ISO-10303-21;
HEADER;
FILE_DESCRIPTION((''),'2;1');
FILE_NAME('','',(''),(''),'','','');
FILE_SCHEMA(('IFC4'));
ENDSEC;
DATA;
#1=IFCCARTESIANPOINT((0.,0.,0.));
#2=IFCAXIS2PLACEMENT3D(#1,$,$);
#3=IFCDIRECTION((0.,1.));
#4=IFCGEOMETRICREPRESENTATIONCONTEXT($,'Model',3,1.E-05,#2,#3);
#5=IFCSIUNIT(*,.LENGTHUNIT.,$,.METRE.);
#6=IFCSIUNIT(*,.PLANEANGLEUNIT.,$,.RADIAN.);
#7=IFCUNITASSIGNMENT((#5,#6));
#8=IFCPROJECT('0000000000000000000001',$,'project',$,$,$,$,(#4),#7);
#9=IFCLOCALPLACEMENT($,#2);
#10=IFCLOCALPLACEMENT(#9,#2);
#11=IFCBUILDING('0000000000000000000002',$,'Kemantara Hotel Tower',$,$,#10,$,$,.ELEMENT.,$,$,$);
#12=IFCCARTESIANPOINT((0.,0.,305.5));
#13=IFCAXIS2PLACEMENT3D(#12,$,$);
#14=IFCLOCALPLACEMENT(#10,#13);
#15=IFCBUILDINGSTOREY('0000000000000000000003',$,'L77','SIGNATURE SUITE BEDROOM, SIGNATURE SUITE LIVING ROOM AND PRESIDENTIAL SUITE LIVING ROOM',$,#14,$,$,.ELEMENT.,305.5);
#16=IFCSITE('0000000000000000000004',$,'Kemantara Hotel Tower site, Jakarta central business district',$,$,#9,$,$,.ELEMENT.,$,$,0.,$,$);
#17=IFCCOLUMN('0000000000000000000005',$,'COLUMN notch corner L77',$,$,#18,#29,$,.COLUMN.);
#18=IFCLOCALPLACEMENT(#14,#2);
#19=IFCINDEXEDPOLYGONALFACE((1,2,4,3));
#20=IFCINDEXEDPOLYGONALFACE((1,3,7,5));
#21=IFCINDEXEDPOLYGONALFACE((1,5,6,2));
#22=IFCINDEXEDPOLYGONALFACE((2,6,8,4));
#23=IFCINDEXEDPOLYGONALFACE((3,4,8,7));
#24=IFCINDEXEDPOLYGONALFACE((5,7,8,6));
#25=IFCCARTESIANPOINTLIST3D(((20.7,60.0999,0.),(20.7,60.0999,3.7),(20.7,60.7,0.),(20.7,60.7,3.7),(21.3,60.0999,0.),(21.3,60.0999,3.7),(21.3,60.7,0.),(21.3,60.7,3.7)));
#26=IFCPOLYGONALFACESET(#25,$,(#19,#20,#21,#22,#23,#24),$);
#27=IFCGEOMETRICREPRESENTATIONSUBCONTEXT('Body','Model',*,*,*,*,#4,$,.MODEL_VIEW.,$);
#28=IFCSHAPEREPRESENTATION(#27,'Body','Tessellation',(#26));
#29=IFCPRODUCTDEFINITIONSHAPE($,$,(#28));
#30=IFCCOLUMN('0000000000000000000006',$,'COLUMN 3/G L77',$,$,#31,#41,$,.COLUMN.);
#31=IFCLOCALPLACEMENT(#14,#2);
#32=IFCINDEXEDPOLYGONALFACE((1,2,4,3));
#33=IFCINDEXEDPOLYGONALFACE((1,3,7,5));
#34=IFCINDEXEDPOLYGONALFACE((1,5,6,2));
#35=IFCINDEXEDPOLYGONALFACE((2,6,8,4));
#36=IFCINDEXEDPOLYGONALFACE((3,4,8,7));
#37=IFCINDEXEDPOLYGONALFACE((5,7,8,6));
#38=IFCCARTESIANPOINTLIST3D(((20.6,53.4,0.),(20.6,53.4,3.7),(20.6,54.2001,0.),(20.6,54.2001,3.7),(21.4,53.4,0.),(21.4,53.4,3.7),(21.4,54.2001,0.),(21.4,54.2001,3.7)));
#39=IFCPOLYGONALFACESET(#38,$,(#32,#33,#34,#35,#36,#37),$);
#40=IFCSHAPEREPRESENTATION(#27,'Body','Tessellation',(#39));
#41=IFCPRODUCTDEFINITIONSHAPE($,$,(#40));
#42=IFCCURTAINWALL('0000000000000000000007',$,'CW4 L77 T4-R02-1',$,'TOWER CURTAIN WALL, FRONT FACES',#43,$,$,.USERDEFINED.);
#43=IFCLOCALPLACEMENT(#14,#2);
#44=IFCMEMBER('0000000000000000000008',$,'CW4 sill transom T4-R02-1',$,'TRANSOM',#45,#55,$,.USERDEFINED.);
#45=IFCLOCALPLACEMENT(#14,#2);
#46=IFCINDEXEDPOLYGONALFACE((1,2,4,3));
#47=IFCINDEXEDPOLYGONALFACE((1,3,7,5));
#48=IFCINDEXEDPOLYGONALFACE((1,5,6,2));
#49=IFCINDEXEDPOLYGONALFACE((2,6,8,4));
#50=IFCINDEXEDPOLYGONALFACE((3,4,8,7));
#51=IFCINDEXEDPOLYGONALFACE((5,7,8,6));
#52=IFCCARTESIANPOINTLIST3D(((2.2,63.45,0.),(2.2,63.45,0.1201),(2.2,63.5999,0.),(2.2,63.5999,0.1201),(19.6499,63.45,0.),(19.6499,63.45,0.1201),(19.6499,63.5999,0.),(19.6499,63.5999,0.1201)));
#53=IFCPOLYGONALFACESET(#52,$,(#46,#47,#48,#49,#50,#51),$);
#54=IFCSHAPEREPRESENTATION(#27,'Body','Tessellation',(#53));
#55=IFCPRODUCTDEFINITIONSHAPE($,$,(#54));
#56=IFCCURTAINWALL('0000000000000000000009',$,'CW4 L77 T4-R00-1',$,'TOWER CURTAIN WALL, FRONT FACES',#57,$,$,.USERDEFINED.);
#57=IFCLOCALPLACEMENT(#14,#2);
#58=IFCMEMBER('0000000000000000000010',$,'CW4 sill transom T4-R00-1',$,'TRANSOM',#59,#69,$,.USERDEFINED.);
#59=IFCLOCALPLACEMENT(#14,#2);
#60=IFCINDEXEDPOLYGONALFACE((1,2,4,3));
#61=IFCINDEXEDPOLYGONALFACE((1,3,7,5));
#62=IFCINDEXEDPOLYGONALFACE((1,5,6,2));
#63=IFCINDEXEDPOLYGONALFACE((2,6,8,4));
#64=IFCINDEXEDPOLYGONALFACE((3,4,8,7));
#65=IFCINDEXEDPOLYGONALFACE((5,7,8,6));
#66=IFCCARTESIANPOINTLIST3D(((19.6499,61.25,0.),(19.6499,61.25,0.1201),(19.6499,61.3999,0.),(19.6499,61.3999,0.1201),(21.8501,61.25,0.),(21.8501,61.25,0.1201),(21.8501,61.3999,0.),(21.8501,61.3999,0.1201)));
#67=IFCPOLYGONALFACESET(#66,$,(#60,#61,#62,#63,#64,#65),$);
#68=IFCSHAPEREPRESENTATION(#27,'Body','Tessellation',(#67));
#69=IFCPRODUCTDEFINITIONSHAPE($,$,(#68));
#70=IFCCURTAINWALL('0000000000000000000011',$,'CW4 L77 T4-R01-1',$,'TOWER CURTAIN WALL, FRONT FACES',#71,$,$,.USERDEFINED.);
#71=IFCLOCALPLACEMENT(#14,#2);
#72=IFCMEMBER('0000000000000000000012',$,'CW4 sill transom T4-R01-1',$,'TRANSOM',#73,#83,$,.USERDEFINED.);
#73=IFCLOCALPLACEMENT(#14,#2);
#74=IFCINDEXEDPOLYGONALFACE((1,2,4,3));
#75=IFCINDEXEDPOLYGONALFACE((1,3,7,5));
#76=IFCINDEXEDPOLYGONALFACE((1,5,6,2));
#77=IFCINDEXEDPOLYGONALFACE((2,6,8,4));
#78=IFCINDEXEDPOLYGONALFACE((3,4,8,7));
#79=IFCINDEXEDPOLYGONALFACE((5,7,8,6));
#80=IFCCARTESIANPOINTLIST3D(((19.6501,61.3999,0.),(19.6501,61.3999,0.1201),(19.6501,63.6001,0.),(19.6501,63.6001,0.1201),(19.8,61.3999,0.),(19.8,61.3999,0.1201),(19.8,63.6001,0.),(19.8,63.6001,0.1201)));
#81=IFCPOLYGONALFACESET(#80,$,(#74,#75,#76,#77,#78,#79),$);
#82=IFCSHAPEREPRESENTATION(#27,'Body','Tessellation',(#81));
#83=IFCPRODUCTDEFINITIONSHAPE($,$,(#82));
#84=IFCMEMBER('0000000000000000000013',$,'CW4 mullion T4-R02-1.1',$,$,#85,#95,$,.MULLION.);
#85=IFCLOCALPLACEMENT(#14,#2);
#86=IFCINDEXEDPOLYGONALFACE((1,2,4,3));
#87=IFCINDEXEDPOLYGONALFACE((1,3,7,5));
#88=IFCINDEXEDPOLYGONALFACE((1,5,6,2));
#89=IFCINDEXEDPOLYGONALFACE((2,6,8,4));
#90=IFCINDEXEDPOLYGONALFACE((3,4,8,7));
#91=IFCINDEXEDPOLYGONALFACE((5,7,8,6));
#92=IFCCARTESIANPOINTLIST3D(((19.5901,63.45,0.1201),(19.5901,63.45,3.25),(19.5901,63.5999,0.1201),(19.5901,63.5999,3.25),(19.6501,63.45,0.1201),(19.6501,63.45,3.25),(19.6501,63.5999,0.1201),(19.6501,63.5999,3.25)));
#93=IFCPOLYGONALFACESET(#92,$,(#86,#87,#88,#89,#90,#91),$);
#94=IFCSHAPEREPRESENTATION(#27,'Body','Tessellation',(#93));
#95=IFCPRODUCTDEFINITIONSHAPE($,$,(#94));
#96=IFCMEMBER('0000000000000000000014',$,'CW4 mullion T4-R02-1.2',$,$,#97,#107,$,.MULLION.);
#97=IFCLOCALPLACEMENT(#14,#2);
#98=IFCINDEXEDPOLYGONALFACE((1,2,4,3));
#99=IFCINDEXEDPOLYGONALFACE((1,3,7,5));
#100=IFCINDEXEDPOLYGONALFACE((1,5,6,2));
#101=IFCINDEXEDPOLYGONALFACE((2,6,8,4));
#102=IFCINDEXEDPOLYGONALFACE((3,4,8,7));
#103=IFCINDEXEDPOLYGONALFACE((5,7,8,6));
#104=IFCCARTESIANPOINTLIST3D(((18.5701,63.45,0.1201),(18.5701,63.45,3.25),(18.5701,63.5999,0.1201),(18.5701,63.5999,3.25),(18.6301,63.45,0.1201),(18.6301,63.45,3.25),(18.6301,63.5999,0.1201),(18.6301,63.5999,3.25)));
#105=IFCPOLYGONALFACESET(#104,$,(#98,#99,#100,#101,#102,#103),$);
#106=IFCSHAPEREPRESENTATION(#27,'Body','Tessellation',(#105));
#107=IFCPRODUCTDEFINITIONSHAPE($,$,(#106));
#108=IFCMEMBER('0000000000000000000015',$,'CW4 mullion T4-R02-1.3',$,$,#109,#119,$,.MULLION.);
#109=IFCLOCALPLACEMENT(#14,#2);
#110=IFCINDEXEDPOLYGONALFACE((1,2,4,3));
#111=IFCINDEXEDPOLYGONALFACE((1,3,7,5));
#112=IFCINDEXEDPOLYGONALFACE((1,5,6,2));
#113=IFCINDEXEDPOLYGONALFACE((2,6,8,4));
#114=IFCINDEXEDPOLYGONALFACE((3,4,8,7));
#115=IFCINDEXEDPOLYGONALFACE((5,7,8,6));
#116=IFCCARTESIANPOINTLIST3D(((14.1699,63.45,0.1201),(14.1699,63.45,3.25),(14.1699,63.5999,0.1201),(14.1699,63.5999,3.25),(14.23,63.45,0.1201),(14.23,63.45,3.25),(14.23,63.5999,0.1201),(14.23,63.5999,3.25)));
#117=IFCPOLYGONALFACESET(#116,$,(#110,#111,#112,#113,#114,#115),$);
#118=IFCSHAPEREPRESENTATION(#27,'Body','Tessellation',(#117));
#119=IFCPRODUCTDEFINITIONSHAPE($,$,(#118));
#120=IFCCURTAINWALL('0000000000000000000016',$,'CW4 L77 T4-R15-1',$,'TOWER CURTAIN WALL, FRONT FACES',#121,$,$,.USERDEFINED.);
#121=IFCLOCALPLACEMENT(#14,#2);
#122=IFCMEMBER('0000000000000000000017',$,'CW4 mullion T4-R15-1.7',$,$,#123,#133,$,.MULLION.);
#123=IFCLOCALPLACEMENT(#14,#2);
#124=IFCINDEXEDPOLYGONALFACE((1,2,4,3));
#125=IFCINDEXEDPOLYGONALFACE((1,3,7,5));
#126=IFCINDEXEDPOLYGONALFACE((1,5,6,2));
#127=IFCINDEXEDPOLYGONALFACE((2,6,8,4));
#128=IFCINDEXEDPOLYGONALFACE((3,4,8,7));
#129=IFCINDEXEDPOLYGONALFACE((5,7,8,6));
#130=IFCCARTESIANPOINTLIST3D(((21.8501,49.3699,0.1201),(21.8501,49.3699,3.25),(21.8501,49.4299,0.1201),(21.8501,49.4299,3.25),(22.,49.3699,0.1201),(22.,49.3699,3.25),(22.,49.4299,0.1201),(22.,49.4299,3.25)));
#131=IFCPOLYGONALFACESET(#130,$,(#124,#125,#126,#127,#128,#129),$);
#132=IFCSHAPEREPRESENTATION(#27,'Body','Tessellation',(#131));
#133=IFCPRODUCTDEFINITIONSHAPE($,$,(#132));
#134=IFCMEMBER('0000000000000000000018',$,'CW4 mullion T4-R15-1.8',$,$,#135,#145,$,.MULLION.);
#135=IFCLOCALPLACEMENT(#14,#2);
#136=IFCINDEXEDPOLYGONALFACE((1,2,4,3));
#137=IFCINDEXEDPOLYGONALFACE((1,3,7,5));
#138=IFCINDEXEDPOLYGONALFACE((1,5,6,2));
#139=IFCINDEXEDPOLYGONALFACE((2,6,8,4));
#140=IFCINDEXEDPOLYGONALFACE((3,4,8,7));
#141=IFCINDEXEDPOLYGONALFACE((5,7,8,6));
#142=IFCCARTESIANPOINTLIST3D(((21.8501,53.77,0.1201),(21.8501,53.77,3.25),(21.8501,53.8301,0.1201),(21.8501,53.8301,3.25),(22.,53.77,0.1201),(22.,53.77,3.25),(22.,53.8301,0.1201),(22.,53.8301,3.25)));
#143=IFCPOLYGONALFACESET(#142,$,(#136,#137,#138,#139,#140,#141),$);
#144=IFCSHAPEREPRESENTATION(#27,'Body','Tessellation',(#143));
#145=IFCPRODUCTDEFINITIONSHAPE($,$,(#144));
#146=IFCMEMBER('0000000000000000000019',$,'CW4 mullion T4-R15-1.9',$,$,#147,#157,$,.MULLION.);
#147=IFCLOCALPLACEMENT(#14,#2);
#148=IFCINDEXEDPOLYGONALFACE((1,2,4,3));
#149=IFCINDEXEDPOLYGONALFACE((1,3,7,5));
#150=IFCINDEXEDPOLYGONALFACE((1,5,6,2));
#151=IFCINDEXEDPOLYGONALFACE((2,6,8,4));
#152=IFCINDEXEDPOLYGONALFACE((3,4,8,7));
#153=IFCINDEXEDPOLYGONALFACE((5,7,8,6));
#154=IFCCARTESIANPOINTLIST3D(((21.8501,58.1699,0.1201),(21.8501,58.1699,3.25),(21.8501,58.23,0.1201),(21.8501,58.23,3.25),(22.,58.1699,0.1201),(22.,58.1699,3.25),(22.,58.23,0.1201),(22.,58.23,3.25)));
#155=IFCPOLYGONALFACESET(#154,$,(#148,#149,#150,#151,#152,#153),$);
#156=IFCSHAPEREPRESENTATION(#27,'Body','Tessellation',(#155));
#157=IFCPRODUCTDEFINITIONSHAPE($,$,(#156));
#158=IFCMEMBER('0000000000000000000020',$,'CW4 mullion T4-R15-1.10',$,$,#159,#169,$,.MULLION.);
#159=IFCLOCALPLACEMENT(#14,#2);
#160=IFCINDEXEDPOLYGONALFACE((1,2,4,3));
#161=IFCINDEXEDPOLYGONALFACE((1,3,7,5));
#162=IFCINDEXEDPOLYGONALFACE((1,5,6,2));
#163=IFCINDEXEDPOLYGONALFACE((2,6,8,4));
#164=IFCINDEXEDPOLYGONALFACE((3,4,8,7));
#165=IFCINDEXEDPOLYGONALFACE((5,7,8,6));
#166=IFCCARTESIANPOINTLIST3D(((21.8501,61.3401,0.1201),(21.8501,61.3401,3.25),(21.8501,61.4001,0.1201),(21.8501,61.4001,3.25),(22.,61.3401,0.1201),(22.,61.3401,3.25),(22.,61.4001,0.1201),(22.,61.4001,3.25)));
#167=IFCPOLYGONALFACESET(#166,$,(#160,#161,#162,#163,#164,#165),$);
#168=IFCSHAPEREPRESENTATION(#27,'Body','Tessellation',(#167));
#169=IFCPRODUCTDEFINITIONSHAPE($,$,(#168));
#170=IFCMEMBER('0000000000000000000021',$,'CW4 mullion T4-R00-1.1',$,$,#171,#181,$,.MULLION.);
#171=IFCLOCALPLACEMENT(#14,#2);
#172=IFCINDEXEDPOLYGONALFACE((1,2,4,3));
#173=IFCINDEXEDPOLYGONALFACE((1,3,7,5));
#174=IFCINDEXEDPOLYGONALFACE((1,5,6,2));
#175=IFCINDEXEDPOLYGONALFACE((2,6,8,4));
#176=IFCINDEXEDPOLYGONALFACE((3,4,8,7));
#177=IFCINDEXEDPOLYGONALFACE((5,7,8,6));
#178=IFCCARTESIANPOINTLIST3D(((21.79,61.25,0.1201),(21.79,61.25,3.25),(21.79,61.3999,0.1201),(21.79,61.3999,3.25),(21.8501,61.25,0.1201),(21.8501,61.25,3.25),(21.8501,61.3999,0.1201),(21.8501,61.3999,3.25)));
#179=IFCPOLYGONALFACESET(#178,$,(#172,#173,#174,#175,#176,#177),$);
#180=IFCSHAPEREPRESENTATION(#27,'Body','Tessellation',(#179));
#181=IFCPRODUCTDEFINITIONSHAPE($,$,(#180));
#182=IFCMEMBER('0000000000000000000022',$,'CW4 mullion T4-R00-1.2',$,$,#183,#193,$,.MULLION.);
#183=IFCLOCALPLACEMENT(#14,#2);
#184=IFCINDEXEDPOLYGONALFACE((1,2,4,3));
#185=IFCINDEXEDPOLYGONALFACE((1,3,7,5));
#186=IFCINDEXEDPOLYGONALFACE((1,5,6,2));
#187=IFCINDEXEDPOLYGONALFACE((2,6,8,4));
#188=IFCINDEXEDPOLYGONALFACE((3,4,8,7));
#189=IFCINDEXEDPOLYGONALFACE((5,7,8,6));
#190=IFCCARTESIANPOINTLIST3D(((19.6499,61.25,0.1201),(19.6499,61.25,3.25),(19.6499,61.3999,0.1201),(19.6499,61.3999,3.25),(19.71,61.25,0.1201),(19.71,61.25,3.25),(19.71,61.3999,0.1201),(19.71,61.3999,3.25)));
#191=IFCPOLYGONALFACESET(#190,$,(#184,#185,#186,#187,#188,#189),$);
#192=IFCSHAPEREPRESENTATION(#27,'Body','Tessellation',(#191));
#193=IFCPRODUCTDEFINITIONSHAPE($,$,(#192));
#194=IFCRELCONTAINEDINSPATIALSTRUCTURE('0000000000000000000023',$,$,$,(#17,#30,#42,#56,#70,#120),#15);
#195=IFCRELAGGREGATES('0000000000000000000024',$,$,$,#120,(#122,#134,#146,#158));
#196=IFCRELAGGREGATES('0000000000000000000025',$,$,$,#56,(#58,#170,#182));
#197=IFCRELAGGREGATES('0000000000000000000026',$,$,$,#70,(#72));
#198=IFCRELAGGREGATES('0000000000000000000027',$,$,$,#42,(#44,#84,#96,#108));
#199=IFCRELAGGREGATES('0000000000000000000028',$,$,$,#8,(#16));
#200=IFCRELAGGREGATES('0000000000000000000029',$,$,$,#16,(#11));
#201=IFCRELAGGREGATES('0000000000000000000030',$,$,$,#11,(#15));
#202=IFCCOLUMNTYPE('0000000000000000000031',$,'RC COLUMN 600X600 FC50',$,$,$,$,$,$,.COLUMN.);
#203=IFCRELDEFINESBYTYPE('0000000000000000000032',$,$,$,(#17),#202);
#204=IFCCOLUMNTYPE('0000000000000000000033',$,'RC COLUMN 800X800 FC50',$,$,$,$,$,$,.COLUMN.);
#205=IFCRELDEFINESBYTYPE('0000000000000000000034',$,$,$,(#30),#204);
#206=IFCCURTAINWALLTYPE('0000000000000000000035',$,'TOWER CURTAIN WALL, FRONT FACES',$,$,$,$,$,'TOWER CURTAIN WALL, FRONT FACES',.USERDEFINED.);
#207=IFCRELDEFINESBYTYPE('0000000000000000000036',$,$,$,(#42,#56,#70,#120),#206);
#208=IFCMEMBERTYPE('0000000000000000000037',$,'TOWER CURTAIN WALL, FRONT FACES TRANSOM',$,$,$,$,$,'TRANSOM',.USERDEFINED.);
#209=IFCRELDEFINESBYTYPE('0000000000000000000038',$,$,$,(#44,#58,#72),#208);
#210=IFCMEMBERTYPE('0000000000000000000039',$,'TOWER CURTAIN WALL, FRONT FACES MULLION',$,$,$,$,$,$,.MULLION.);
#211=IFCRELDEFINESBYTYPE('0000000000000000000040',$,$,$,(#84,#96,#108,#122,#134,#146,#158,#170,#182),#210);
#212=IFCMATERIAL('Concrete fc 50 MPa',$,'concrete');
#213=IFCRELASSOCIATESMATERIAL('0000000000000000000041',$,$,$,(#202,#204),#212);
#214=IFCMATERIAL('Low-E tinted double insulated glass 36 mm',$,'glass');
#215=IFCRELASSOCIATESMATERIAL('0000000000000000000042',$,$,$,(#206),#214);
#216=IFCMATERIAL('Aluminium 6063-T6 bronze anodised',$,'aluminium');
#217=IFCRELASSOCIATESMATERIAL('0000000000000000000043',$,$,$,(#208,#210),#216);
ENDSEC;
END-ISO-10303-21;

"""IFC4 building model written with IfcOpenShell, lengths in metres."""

from ifc_helpers import new_model, si_unit, direction, frame, origin, origin_2d, place, context, subcontext, project, spatial, rectangle, extrude, source, transform, mapped, material, material_profile, profile_set, type_object, element, aggregate, save


model = new_model("IFC4")

# Units and contexts
model_context = context("Model", 3, precision=1e-05, world=origin(), true_north=direction((0.0, 1.0)))
body_context = subcontext(model_context, "Body", "Model", "MODEL_VIEW")
ifc_project = project(units=[si_unit("LENGTHUNIT", "METRE"), si_unit("PLANEANGLEUNIT", "RADIAN")], contexts=[model_context])

# Site, building, storey
site_placement = place(None, origin())
site = spatial("IfcSite", under=ifc_project, at=site_placement, Name="Kemantara Hotel Tower site, Jakarta central business district", CompositionType="ELEMENT", RefElevation=0.0)
building_placement = place(site_placement, origin())
building = spatial("IfcBuilding", under=site, at=building_placement, Name="Kemantara Hotel Tower", CompositionType="ELEMENT")
storey_placement = place(building_placement, frame((0.0, 0.0, 305.5)))
storey = spatial("IfcBuildingStorey", under=building, at=storey_placement, Name="L77", Description="SIGNATURE SUITE BEDROOM, SIGNATURE SUITE LIVING ROOM AND PRESIDENTIAL SUITE LIVING ROOM", CompositionType="ELEMENT", Elevation=305.5)

# Columns
ifc_material_1 = material(Name="Concrete fc 50 MPa", Category="concrete")
ifc_material_profile_1 = material_profile(ifc_material_1, rectangle(XDim=0.6001, YDim=0.6001, at=origin_2d()), Name="RC 600X600")
ifc_profile_set_1 = profile_set([ifc_material_profile_1], Name="Concrete fc 50 MPa")
column_type_1 = type_object("IfcColumnType", Name="RC COLUMN 600X600 FC50", PredefinedType="COLUMN", material=ifc_profile_set_1)
column_1_placement = place(storey_placement, frame((21.0, 60.3999, 0.0), z_axis=(0.0, 0.0, 1.0), x_axis=(1.0, 0.0, 0.0)))
element("IfcColumn", 1, at=column_1_placement, inside=storey, type_object=column_type_1, Name="COLUMN notch corner L77", PredefinedType="COLUMN", context=body_context, shape_type="SweptSolid", body=[
    extrude(rectangle(XDim=0.6001, YDim=0.6001, at=origin_2d()), origin(), (0.0, 0.0, 1.0), 3.7),
])
ifc_material_profile_2 = material_profile(ifc_material_1, rectangle(XDim=0.8, YDim=0.8, at=origin_2d()), Name="RC 800X800")
ifc_profile_set_2 = profile_set([ifc_material_profile_2], Name="Concrete fc 50 MPa")
column_type_2 = type_object("IfcColumnType", Name="RC COLUMN 800X800 FC50", PredefinedType="COLUMN", material=ifc_profile_set_2)
column_2_placement = place(storey_placement, frame((21.0, 53.8, 0.0), z_axis=(0.0, 0.0, 1.0), x_axis=(1.0, 0.0, 0.0)))
element("IfcColumn", 2, at=column_2_placement, inside=storey, type_object=column_type_2, Name="COLUMN 3/G L77", PredefinedType="COLUMN", context=body_context, shape_type="SweptSolid", body=[
    extrude(rectangle(XDim=0.8, YDim=0.8, at=origin_2d()), origin(), (0.0, 0.0, 1.0), 3.7),
])

# Curtain walls, members
ifc_material_2 = material(Name="Low-E tinted double insulated glass 36 mm", Category="glass")
curtain_wall_type = type_object("IfcCurtainWallType", Name="TOWER CURTAIN WALL, FRONT FACES", ElementType="TOWER CURTAIN WALL, FRONT FACES", PredefinedType="USERDEFINED", material=ifc_material_2)
curtain_wall_1_placement = place(storey_placement, origin())
curtain_wall_1 = element("IfcCurtainWall", 3, at=curtain_wall_1_placement, inside=storey, type_object=curtain_wall_type, Name="CW4 L77 T4-R02-1", ObjectType="TOWER CURTAIN WALL, FRONT FACES", PredefinedType="USERDEFINED")
ifc_material_3 = material(Name="Aluminium 6063-T6 bronze anodised", Category="aluminium")
ifc_material_profile_3 = material_profile(ifc_material_3, rectangle(XDim=0.1499, YDim=0.1201, at=origin_2d()), Name="TOWER CURTAIN WALL, FRONT FACES TRANSOM")
ifc_profile_set_3 = profile_set([ifc_material_profile_3], Name="Aluminium 6063-T6 bronze anodised")
member_type_1 = type_object("IfcMemberType", Name="TOWER CURTAIN WALL, FRONT FACES TRANSOM", ElementType="TRANSOM", PredefinedType="USERDEFINED", material=ifc_profile_set_3)
member_1_placement = place(storey_placement, frame((19.6499, 63.5249, 0.0601), z_axis=(-1.0, 0.0, 0.0), x_axis=(0.0, -1.0, 0.0)))
member_1 = element("IfcMember", 4, at=member_1_placement, type_object=member_type_1, Name="CW4 sill transom T4-R02-1", ObjectType="TRANSOM", PredefinedType="USERDEFINED", context=body_context, shape_type="SweptSolid", body=[
    extrude(rectangle(XDim=0.1499, YDim=0.1201, at=origin_2d()), origin(), (0.0, 0.0, 1.0), 17.45),
])
curtain_wall_2_placement = place(storey_placement, origin())
curtain_wall_2 = element("IfcCurtainWall", 5, at=curtain_wall_2_placement, inside=storey, type_object=curtain_wall_type, Name="CW4 L77 T4-R00-1", ObjectType="TOWER CURTAIN WALL, FRONT FACES", PredefinedType="USERDEFINED")
member_2_placement = place(storey_placement, frame((21.8501, 61.325, 0.0601), z_axis=(-1.0, 0.0, 0.0), x_axis=(0.0, -1.0, 0.0)))
member_2 = element("IfcMember", 6, at=member_2_placement, type_object=member_type_1, Name="CW4 sill transom T4-R00-1", ObjectType="TRANSOM", PredefinedType="USERDEFINED", context=body_context, shape_type="SweptSolid", body=[
    extrude(rectangle(XDim=0.1499, YDim=0.1201, at=origin_2d()), origin(), (0.0, 0.0, 1.0), 2.2002),
])
curtain_wall_3_placement = place(storey_placement, origin())
curtain_wall_3 = element("IfcCurtainWall", 7, at=curtain_wall_3_placement, inside=storey, type_object=curtain_wall_type, Name="CW4 L77 T4-R01-1", ObjectType="TOWER CURTAIN WALL, FRONT FACES", PredefinedType="USERDEFINED")
member_3_placement = place(storey_placement, frame((19.7251, 61.3999, 0.0601), z_axis=(0.0, 1.0, 0.0), x_axis=(-1.0, 0.0, 0.0)))
member_3 = element("IfcMember", 8, at=member_3_placement, type_object=member_type_1, Name="CW4 sill transom T4-R01-1", ObjectType="TRANSOM", PredefinedType="USERDEFINED", context=body_context, shape_type="SweptSolid", body=[
    extrude(rectangle(XDim=0.1499, YDim=0.1201, at=origin_2d()), origin(), (0.0, 0.0, 1.0), 2.2002),
])

# Members
ifc_material_profile_4 = material_profile(ifc_material_3, rectangle(XDim=0.1499, YDim=0.0601, at=origin_2d()), Name="TOWER CURTAIN WALL, FRONT FACES MULLION")
ifc_profile_set_4 = profile_set([ifc_material_profile_4], Name="Aluminium 6063-T6 bronze anodised")
member_type_2 = type_object("IfcMemberType", Name="TOWER CURTAIN WALL, FRONT FACES MULLION", PredefinedType="MULLION", material=ifc_profile_set_4)
shared_shape_1 = source(origin(), body_context, "Body", "SweptSolid", [
    extrude(rectangle(XDim=0.1499, YDim=0.0601, at=origin_2d()), origin(), (0.0, 0.0, 1.0), 3.1299),
])
member_4_placement = place(storey_placement, frame((19.6201, 63.5249, 0.1201), z_axis=(0.0, 0.0, 1.0), x_axis=(0.0, -1.0, 0.0)))
member_4 = element("IfcMember", 9, at=member_4_placement, type_object=member_type_2, Name="CW4 mullion T4-R02-1.1", PredefinedType="MULLION", context=body_context, shape_type="MappedRepresentation", body=[
    mapped(shared_shape_1, transform((0.0, 0.0, 0.0))),
])
member_5_placement = place(storey_placement, frame((18.6001, 63.5249, 0.1201), z_axis=(0.0, 0.0, 1.0), x_axis=(0.0, -1.0, 0.0)))
member_5 = element("IfcMember", 10, at=member_5_placement, type_object=member_type_2, Name="CW4 mullion T4-R02-1.2", PredefinedType="MULLION", context=body_context, shape_type="MappedRepresentation", body=[
    mapped(shared_shape_1, transform((0.0, 0.0, 0.0))),
])
member_6_placement = place(storey_placement, frame((14.2, 63.5249, 0.1201), z_axis=(0.0, 0.0, 1.0), x_axis=(0.0, -1.0, 0.0)))
member_6 = element("IfcMember", 11, at=member_6_placement, type_object=member_type_2, Name="CW4 mullion T4-R02-1.3", PredefinedType="MULLION", context=body_context, shape_type="MappedRepresentation", body=[
    mapped(shared_shape_1, transform((0.0, 0.0, 0.0))),
])

# Curtain wall, members
curtain_wall_4_placement = place(storey_placement, origin())
curtain_wall_4 = element("IfcCurtainWall", 12, at=curtain_wall_4_placement, inside=storey, type_object=curtain_wall_type, Name="CW4 L77 T4-R15-1", ObjectType="TOWER CURTAIN WALL, FRONT FACES", PredefinedType="USERDEFINED")
member_7_placement = place(storey_placement, frame((21.925, 49.3999, 0.1201), z_axis=(0.0, 0.0, 1.0), x_axis=(-1.0, 0.0, 0.0)))
member_7 = element("IfcMember", 13, at=member_7_placement, type_object=member_type_2, Name="CW4 mullion T4-R15-1.7", PredefinedType="MULLION", context=body_context, shape_type="MappedRepresentation", body=[
    mapped(shared_shape_1, transform((0.0, 0.0, 0.0))),
])
member_8_placement = place(storey_placement, frame((21.925, 53.8, 0.1201), z_axis=(0.0, 0.0, 1.0), x_axis=(-1.0, 0.0, 0.0)))
member_8 = element("IfcMember", 14, at=member_8_placement, type_object=member_type_2, Name="CW4 mullion T4-R15-1.8", PredefinedType="MULLION", context=body_context, shape_type="MappedRepresentation", body=[
    mapped(shared_shape_1, transform((0.0, 0.0, 0.0))),
])
member_9_placement = place(storey_placement, frame((21.925, 58.2, 0.1201), z_axis=(0.0, 0.0, 1.0), x_axis=(-1.0, 0.0, 0.0)))
member_9 = element("IfcMember", 15, at=member_9_placement, type_object=member_type_2, Name="CW4 mullion T4-R15-1.9", PredefinedType="MULLION", context=body_context, shape_type="MappedRepresentation", body=[
    mapped(shared_shape_1, transform((0.0, 0.0, 0.0))),
])
member_10_placement = place(storey_placement, frame((21.925, 61.3701, 0.1201), z_axis=(0.0, 0.0, 1.0), x_axis=(-1.0, 0.0, 0.0)))
member_10 = element("IfcMember", 16, at=member_10_placement, type_object=member_type_2, Name="CW4 mullion T4-R15-1.10", PredefinedType="MULLION", context=body_context, shape_type="MappedRepresentation", body=[
    mapped(shared_shape_1, transform((0.0, 0.0, 0.0))),
])

# Members
member_11_placement = place(storey_placement, frame((21.8201, 61.325, 0.1201), z_axis=(0.0, 0.0, 1.0), x_axis=(0.0, -1.0, 0.0)))
member_11 = element("IfcMember", 17, at=member_11_placement, type_object=member_type_2, Name="CW4 mullion T4-R00-1.1", PredefinedType="MULLION", context=body_context, shape_type="MappedRepresentation", body=[
    mapped(shared_shape_1, transform((0.0, 0.0, 0.0))),
])
member_12_placement = place(storey_placement, frame((19.6799, 61.325, 0.1201), z_axis=(0.0, 0.0, 1.0), x_axis=(0.0, -1.0, 0.0)))
member_12 = element("IfcMember", 18, at=member_12_placement, type_object=member_type_2, Name="CW4 mullion T4-R00-1.2", PredefinedType="MULLION", context=body_context, shape_type="MappedRepresentation", body=[
    mapped(shared_shape_1, transform((0.0, 0.0, 0.0))),
])

aggregate(curtain_wall_4, [member_7, member_8, member_9, member_10])
aggregate(curtain_wall_2, [member_2, member_11, member_12])
aggregate(curtain_wall_3, [member_3])
aggregate(curtain_wall_1, [member_1, member_4, member_5, member_6])

save(model, "model.ifc")
